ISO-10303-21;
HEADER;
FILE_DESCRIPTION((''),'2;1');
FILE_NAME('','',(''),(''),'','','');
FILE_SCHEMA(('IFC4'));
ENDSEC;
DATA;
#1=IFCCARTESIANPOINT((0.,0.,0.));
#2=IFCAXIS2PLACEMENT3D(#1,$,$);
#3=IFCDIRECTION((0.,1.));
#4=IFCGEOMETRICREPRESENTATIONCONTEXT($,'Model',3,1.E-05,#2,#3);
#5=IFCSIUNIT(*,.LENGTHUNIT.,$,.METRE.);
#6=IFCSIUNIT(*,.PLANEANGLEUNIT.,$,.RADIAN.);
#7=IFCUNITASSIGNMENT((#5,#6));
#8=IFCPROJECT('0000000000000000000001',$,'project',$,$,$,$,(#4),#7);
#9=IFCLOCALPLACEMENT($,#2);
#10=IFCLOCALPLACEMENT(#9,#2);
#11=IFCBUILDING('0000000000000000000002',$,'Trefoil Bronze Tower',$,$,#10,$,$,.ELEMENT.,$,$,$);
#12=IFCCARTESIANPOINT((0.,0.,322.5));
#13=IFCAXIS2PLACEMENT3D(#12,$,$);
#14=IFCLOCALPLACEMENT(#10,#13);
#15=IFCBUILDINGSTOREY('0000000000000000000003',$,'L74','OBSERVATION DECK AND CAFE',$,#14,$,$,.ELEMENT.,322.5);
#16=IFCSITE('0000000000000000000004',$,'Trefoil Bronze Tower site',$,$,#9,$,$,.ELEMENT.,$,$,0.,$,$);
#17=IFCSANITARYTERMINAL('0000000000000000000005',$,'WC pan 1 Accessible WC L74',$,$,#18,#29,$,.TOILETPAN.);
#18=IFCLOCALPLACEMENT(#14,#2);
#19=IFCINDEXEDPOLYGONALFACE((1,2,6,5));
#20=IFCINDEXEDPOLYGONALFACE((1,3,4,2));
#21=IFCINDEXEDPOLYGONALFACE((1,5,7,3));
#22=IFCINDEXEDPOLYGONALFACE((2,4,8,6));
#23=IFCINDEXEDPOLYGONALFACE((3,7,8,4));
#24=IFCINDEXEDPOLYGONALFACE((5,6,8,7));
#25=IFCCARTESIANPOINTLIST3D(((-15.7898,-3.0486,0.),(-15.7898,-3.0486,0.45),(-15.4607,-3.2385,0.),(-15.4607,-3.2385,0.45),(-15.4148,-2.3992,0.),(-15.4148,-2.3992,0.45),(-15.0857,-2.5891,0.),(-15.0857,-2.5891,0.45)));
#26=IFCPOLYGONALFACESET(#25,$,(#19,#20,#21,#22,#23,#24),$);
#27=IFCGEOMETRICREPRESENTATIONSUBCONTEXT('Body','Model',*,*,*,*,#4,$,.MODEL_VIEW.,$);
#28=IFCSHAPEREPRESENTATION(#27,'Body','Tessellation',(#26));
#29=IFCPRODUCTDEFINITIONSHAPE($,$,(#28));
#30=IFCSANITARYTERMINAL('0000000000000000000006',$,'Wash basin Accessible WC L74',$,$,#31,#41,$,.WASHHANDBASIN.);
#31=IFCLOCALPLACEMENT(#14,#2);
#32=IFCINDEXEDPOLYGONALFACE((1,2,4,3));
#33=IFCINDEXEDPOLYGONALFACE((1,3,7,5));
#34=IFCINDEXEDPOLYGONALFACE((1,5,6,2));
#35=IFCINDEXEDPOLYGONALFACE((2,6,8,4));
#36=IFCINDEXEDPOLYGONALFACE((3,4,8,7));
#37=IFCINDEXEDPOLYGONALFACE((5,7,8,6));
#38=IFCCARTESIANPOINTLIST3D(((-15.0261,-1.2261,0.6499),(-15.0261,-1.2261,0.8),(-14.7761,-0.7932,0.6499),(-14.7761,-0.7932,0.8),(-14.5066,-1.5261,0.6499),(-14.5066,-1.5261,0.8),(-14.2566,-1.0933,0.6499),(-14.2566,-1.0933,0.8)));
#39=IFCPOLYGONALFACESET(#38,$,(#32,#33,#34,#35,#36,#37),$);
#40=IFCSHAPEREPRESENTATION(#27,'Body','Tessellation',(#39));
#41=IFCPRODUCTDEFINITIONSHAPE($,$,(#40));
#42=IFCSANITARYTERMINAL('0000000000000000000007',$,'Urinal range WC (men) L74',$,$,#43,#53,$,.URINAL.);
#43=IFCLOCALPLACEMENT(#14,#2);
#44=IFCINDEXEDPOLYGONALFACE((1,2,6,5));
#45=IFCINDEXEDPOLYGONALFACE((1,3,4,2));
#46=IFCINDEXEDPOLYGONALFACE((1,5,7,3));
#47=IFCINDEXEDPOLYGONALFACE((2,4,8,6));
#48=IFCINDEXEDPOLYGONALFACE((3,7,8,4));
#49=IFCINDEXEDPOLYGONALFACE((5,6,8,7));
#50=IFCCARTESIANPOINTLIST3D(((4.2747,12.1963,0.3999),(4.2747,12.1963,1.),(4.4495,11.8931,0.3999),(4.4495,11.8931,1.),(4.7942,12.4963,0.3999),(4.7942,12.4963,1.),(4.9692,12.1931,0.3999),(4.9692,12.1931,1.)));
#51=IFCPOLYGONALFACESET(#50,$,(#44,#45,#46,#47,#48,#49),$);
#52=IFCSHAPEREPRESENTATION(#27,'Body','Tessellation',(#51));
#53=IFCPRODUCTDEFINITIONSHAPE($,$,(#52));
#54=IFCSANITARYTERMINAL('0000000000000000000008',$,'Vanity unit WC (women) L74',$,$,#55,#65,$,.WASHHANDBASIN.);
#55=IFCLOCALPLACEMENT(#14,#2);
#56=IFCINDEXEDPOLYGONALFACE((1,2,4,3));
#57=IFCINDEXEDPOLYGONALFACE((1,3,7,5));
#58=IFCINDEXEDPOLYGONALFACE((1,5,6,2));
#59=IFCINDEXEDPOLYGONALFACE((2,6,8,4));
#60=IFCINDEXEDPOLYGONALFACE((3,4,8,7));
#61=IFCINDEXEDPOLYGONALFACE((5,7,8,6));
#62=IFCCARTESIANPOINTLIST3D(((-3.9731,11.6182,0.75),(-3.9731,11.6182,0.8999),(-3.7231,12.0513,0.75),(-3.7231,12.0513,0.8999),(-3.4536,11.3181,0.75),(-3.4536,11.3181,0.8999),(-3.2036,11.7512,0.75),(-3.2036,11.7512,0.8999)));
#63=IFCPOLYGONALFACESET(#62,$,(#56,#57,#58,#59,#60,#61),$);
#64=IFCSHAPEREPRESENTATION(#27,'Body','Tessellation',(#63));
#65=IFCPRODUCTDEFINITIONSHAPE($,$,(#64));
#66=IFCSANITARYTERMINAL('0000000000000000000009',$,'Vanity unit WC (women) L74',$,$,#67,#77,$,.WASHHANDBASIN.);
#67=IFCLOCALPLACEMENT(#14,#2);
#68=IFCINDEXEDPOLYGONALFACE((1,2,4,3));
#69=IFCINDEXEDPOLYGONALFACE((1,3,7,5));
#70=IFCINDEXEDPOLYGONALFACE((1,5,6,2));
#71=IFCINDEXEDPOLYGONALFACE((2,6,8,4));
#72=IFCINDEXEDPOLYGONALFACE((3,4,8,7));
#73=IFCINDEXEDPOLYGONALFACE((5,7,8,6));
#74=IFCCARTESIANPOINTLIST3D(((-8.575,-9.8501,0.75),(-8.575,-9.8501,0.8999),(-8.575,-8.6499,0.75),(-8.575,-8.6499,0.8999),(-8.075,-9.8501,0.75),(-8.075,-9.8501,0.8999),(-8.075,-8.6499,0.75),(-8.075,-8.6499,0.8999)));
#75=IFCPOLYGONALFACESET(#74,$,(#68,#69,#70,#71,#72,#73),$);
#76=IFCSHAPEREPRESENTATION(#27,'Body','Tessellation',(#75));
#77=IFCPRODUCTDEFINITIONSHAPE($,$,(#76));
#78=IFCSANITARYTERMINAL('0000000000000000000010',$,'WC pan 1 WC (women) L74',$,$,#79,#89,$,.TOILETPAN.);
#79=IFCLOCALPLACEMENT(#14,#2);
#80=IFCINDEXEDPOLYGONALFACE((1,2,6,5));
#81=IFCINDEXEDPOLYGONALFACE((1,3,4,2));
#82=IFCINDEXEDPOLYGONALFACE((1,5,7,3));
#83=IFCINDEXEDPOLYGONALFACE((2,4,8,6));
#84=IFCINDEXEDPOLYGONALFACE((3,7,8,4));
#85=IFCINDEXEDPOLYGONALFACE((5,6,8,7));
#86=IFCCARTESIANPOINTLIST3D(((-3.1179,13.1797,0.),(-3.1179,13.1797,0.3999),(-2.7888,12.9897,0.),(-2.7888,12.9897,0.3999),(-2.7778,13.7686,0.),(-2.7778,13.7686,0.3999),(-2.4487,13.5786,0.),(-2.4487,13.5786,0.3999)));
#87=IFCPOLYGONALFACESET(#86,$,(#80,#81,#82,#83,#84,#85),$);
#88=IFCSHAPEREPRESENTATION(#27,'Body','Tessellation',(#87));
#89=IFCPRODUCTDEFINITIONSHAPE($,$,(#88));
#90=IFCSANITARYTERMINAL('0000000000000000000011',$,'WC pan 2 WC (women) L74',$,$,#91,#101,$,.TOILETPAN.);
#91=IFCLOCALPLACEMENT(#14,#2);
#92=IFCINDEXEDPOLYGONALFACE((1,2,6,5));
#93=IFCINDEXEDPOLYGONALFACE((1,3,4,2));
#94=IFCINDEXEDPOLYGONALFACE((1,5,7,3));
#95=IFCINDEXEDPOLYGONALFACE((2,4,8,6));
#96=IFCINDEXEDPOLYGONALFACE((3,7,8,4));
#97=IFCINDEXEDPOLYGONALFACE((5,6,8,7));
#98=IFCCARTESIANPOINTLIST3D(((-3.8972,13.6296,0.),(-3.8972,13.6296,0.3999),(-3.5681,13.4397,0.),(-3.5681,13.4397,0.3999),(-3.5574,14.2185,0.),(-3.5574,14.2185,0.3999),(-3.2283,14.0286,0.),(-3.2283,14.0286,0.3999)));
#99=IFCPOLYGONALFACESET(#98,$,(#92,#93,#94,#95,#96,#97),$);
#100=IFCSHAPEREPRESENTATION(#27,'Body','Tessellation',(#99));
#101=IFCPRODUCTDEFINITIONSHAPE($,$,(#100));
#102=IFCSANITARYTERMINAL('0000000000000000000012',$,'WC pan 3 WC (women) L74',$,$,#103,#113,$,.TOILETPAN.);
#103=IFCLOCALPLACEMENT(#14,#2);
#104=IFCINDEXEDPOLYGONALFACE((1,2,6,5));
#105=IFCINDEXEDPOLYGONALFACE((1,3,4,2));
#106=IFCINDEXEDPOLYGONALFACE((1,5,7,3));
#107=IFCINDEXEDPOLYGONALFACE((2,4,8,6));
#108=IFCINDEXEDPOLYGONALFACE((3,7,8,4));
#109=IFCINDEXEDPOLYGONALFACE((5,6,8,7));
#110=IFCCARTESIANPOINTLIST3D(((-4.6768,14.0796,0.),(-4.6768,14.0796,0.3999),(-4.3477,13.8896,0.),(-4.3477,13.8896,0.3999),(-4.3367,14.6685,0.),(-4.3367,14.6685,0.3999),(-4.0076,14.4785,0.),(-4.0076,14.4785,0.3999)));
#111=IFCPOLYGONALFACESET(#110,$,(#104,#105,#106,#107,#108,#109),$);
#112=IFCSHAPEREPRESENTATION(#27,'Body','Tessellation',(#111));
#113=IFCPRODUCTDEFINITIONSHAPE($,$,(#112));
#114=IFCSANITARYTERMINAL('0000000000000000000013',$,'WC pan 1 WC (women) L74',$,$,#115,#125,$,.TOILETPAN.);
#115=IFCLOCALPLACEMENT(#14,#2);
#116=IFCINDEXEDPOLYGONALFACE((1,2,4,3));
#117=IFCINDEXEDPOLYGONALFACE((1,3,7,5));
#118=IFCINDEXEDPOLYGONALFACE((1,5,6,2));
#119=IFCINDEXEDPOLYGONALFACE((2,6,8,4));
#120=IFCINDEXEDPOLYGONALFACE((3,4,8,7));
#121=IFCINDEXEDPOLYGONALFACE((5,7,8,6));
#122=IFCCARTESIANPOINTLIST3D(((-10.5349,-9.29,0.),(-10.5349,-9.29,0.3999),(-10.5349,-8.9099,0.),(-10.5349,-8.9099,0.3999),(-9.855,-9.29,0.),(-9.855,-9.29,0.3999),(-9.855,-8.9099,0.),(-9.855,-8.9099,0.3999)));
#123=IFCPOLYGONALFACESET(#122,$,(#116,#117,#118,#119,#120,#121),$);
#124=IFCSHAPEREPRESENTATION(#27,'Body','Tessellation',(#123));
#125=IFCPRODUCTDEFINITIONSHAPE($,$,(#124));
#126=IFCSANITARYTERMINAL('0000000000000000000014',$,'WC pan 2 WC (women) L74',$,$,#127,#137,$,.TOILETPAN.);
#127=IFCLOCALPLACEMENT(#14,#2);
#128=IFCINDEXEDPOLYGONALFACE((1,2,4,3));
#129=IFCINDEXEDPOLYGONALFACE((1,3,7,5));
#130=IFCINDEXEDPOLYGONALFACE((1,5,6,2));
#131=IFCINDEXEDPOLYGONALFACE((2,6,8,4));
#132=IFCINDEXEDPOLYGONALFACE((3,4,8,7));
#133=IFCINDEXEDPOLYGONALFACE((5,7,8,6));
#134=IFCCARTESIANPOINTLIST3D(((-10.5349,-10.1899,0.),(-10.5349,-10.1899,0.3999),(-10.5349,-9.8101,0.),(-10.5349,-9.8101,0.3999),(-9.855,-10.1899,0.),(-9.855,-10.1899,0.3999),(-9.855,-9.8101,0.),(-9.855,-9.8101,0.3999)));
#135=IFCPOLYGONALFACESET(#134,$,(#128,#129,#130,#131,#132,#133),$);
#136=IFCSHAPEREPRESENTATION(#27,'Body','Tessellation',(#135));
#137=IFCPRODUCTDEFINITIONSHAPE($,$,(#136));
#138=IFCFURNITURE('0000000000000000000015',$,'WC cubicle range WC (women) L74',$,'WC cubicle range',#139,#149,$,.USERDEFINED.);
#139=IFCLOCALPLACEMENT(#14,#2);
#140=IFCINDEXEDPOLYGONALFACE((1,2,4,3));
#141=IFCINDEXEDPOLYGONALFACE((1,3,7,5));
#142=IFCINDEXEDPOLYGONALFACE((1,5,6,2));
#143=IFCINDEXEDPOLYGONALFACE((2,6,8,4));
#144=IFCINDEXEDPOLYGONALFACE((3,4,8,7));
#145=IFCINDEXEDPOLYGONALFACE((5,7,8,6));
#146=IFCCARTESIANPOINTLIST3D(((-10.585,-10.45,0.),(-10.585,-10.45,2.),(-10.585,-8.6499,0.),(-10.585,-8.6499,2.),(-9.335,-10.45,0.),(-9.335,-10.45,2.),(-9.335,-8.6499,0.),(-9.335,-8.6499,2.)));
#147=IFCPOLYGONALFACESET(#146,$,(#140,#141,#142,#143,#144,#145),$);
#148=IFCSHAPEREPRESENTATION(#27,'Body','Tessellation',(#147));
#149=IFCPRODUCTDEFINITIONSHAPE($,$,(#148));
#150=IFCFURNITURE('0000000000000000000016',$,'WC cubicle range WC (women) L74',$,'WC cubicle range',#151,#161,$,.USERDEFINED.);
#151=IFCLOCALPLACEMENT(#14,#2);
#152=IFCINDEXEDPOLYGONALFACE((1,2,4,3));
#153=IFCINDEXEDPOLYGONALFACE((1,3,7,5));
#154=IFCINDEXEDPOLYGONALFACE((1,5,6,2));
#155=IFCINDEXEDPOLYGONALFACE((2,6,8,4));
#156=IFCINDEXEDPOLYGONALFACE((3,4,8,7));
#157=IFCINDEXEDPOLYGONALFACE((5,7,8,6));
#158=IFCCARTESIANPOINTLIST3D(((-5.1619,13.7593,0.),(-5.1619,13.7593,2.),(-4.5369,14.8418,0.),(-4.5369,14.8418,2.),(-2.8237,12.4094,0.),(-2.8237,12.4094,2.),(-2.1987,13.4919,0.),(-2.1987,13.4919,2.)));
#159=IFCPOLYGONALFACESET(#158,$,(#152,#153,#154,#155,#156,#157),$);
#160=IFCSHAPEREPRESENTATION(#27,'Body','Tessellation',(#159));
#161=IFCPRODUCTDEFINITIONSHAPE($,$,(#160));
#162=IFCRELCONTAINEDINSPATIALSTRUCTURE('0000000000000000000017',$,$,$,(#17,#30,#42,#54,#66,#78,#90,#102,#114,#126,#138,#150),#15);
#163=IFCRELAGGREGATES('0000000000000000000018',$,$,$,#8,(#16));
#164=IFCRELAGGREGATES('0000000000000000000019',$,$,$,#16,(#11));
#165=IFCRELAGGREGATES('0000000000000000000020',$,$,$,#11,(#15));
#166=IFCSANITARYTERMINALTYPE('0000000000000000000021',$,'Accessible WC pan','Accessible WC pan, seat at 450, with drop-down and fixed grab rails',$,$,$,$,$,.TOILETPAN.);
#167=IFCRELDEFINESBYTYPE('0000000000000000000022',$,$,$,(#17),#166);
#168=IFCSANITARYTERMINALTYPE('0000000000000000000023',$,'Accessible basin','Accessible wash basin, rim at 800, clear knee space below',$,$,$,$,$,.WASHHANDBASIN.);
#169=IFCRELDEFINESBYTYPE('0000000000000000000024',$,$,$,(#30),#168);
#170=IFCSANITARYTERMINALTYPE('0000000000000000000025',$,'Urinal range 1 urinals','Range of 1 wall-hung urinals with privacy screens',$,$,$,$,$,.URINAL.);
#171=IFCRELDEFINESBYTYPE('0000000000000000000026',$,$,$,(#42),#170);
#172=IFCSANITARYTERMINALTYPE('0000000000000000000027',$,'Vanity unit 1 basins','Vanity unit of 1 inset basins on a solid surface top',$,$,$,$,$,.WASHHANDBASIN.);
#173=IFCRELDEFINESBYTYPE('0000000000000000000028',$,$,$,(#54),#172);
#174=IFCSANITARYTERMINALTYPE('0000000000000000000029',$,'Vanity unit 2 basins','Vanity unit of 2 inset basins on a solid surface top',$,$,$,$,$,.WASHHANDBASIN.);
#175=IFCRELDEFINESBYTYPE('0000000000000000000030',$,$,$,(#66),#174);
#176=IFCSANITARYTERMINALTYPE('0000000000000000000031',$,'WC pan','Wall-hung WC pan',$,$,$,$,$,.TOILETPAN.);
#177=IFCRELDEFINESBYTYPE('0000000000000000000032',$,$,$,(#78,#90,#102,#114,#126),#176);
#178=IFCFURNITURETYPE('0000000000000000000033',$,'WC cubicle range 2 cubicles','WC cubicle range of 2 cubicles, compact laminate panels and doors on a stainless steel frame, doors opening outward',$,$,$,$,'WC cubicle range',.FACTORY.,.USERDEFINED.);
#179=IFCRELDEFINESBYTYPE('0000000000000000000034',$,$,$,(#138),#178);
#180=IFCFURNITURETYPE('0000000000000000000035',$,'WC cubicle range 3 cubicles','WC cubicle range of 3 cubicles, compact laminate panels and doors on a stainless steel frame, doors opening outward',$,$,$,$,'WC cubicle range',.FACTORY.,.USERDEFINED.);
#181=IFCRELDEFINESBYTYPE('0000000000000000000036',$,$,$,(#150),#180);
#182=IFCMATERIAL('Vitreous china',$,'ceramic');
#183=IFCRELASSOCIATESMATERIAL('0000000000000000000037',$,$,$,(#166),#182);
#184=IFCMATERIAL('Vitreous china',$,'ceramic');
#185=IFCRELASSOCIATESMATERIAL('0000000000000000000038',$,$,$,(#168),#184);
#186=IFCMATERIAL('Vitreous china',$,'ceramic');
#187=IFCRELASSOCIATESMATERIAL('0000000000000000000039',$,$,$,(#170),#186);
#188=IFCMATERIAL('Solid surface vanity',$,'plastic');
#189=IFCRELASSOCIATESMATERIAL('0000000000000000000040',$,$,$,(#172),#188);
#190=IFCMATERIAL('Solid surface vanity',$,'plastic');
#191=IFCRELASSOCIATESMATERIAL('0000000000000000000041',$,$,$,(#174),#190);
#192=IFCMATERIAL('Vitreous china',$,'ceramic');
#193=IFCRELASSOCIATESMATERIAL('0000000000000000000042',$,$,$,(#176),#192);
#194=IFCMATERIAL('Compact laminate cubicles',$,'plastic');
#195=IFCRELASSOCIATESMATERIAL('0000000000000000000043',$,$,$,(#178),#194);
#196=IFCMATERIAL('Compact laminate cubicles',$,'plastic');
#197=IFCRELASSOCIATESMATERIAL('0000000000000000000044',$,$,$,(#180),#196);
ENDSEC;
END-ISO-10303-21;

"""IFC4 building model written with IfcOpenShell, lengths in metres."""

from ifc_helpers import new_model, si_unit, direction, frame, origin, place, context, subcontext, project, spatial, polyline, outline, extrude, material, type_object, element, save


model = new_model("IFC4")

# Units and contexts
model_context = context("Model", 3, precision=1e-05, world=origin(), true_north=direction((0.0, 1.0)))
body_context = subcontext(model_context, "Body", "Model", "MODEL_VIEW")
ifc_project = project(units=[si_unit("LENGTHUNIT", "METRE"), si_unit("PLANEANGLEUNIT", "RADIAN")], contexts=[model_context])

# Site, building, storey
site_placement = place(None, origin())
site = spatial("IfcSite", under=ifc_project, at=site_placement, Name="Trefoil Bronze Tower site", CompositionType="ELEMENT", RefElevation=0.0)
building_placement = place(site_placement, origin())
building = spatial("IfcBuilding", under=site, at=building_placement, Name="Trefoil Bronze Tower", CompositionType="ELEMENT")
storey_placement = place(building_placement, frame((0.0, 0.0, 322.5)))
storey = spatial("IfcBuildingStorey", under=building, at=storey_placement, Name="L74", Description="OBSERVATION DECK AND CAFE", CompositionType="ELEMENT", Elevation=322.5)

# Sanitary terminals
ifc_material_1 = material(Name="Vitreous china", Category="ceramic")
sanitary_terminal_type_1 = type_object("IfcSanitaryTerminalType", Name="Accessible WC pan", Description="Accessible WC pan, seat at 450, with drop-down and fixed grab rails", PredefinedType="TOILETPAN", material=ifc_material_1)
sanitary_terminal_1_placement = place(storey_placement, origin())
element("IfcSanitaryTerminal", 1, at=sanitary_terminal_1_placement, inside=storey, type_object=sanitary_terminal_type_1, Name="WC pan 1 Accessible WC L74", PredefinedType="TOILETPAN", context=body_context, shape_type="SweptSolid", body=[
    extrude(outline(polyline([(-15.0857, -2.5891), (-15.4607, -3.2385), (-15.7898, -3.0486), (-15.4148, -2.3992), (-15.0857, -2.5891)])), origin(), (0.0, 0.0, 1.0), 0.45),
])
ifc_material_2 = material(Name="Vitreous china", Category="ceramic")
sanitary_terminal_type_2 = type_object("IfcSanitaryTerminalType", Name="Accessible basin", Description="Accessible wash basin, rim at 800, clear knee space below", PredefinedType="WASHHANDBASIN", material=ifc_material_2)
sanitary_terminal_2_placement = place(storey_placement, frame((0.0, 0.0, 0.6499)))
element("IfcSanitaryTerminal", 2, at=sanitary_terminal_2_placement, inside=storey, type_object=sanitary_terminal_type_2, Name="Wash basin Accessible WC L74", PredefinedType="WASHHANDBASIN", context=body_context, shape_type="SweptSolid", body=[
    extrude(outline(polyline([(-14.2566, -1.0933), (-14.5066, -1.5261), (-15.0261, -1.2261), (-14.7761, -0.7932), (-14.2566, -1.0933)])), origin(), (0.0, 0.0, 1.0), 0.1501),
])
ifc_material_3 = material(Name="Vitreous china", Category="ceramic")
sanitary_terminal_type_3 = type_object("IfcSanitaryTerminalType", Name="Urinal range 1 urinals", Description="Range of 1 wall-hung urinals with privacy screens", PredefinedType="URINAL", material=ifc_material_3)
sanitary_terminal_3_placement = place(storey_placement, frame((0.0, 0.0, 0.3999)))
element("IfcSanitaryTerminal", 3, at=sanitary_terminal_3_placement, inside=storey, type_object=sanitary_terminal_type_3, Name="Urinal range WC (men) L74", PredefinedType="URINAL", context=body_context, shape_type="SweptSolid", body=[
    extrude(outline(polyline([(4.4495, 11.8931), (4.2747, 12.1963), (4.7942, 12.4963), (4.9692, 12.1931), (4.4495, 11.8931)])), origin(), (0.0, 0.0, 1.0), 0.6001),
])
ifc_material_4 = material(Name="Solid surface vanity", Category="plastic")
sanitary_terminal_type_4 = type_object("IfcSanitaryTerminalType", Name="Vanity unit 1 basins", Description="Vanity unit of 1 inset basins on a solid surface top", PredefinedType="WASHHANDBASIN", material=ifc_material_4)
sanitary_terminal_4_placement = place(storey_placement, frame((0.0, 0.0, 0.75)))
element("IfcSanitaryTerminal", 4, at=sanitary_terminal_4_placement, inside=storey, type_object=sanitary_terminal_type_4, Name="Vanity unit WC (women) L74", PredefinedType="WASHHANDBASIN", context=body_context, shape_type="SweptSolid", body=[
    extrude(outline(polyline([(-3.4536, 11.3181), (-3.2036, 11.7512), (-3.7231, 12.0513), (-3.9731, 11.6182), (-3.4536, 11.3181)])), origin(), (0.0, 0.0, 1.0), 0.1499),
])
ifc_material_5 = material(Name="Solid surface vanity", Category="plastic")
sanitary_terminal_type_5 = type_object("IfcSanitaryTerminalType", Name="Vanity unit 2 basins", Description="Vanity unit of 2 inset basins on a solid surface top", PredefinedType="WASHHANDBASIN", material=ifc_material_5)
sanitary_terminal_5_placement = place(storey_placement, frame((0.0, 0.0, 0.75)))
element("IfcSanitaryTerminal", 5, at=sanitary_terminal_5_placement, inside=storey, type_object=sanitary_terminal_type_5, Name="Vanity unit WC (women) L74", PredefinedType="WASHHANDBASIN", context=body_context, shape_type="SweptSolid", body=[
    extrude(outline(polyline([(-8.075, -8.6499), (-8.575, -8.6499), (-8.575, -9.8501), (-8.075, -9.8501), (-8.075, -8.6499)])), origin(), (0.0, 0.0, 1.0), 0.1499),
])
ifc_material_6 = material(Name="Vitreous china", Category="ceramic")
sanitary_terminal_type_6 = type_object("IfcSanitaryTerminalType", Name="WC pan", Description="Wall-hung WC pan", PredefinedType="TOILETPAN", material=ifc_material_6)
sanitary_terminal_6_placement = place(storey_placement, origin())
element("IfcSanitaryTerminal", 6, at=sanitary_terminal_6_placement, inside=storey, type_object=sanitary_terminal_type_6, Name="WC pan 1 WC (women) L74", PredefinedType="TOILETPAN", context=body_context, shape_type="SweptSolid", body=[
    extrude(outline(polyline([(-2.7888, 12.9897), (-2.4487, 13.5786), (-2.7778, 13.7686), (-3.1179, 13.1797), (-2.7888, 12.9897)])), origin(), (0.0, 0.0, 1.0), 0.3999),
])
sanitary_terminal_7_placement = place(storey_placement, origin())
element("IfcSanitaryTerminal", 7, at=sanitary_terminal_7_placement, inside=storey, type_object=sanitary_terminal_type_6, Name="WC pan 2 WC (women) L74", PredefinedType="TOILETPAN", context=body_context, shape_type="SweptSolid", body=[
    extrude(outline(polyline([(-3.5681, 13.4397), (-3.2283, 14.0286), (-3.5574, 14.2185), (-3.8972, 13.6296), (-3.5681, 13.4397)])), origin(), (0.0, 0.0, 1.0), 0.3999),
])
sanitary_terminal_8_placement = place(storey_placement, origin())
element("IfcSanitaryTerminal", 8, at=sanitary_terminal_8_placement, inside=storey, type_object=sanitary_terminal_type_6, Name="WC pan 3 WC (women) L74", PredefinedType="TOILETPAN", context=body_context, shape_type="SweptSolid", body=[
    extrude(outline(polyline([(-4.3477, 13.8896), (-4.0076, 14.4785), (-4.3367, 14.6685), (-4.6768, 14.0796), (-4.3477, 13.8896)])), origin(), (0.0, 0.0, 1.0), 0.3999),
])
sanitary_terminal_9_placement = place(storey_placement, origin())
element("IfcSanitaryTerminal", 9, at=sanitary_terminal_9_placement, inside=storey, type_object=sanitary_terminal_type_6, Name="WC pan 1 WC (women) L74", PredefinedType="TOILETPAN", context=body_context, shape_type="SweptSolid", body=[
    extrude(outline(polyline([(-9.855, -8.9099), (-10.5349, -8.9099), (-10.5349, -9.29), (-9.855, -9.29), (-9.855, -8.9099)])), origin(), (0.0, 0.0, 1.0), 0.3999),
])
sanitary_terminal_10_placement = place(storey_placement, origin())
element("IfcSanitaryTerminal", 10, at=sanitary_terminal_10_placement, inside=storey, type_object=sanitary_terminal_type_6, Name="WC pan 2 WC (women) L74", PredefinedType="TOILETPAN", context=body_context, shape_type="SweptSolid", body=[
    extrude(outline(polyline([(-9.855, -9.8101), (-10.5349, -9.8101), (-10.5349, -10.1899), (-9.855, -10.1899), (-9.855, -9.8101)])), origin(), (0.0, 0.0, 1.0), 0.3999),
])

# Furniture
ifc_material_7 = material(Name="Compact laminate cubicles", Category="plastic")
furniture_type_1 = type_object("IfcFurnitureType", Name="WC cubicle range 2 cubicles", Description="WC cubicle range of 2 cubicles, compact laminate panels and doors on a stainless steel frame, doors opening outward", ElementType="WC cubicle range", AssemblyPlace="FACTORY", PredefinedType="USERDEFINED", material=ifc_material_7)
furniture_1_placement = place(storey_placement, origin())
element("IfcFurniture", 11, at=furniture_1_placement, inside=storey, type_object=furniture_type_1, Name="WC cubicle range WC (women) L74", ObjectType="WC cubicle range", PredefinedType="USERDEFINED", context=body_context, shape_type="SweptSolid", body=[
    extrude(outline(polyline([(-9.335, -8.6499), (-10.585, -8.6499), (-10.585, -10.45), (-9.335, -10.45), (-9.335, -8.6499)])), origin(), (0.0, 0.0, 1.0), 2.0),
])
ifc_material_8 = material(Name="Compact laminate cubicles", Category="plastic")
furniture_type_2 = type_object("IfcFurnitureType", Name="WC cubicle range 3 cubicles", Description="WC cubicle range of 3 cubicles, compact laminate panels and doors on a stainless steel frame, doors opening outward", ElementType="WC cubicle range", AssemblyPlace="FACTORY", PredefinedType="USERDEFINED", material=ifc_material_8)
furniture_2_placement = place(storey_placement, origin())
element("IfcFurniture", 12, at=furniture_2_placement, inside=storey, type_object=furniture_type_2, Name="WC cubicle range WC (women) L74", ObjectType="WC cubicle range", PredefinedType="USERDEFINED", context=body_context, shape_type="SweptSolid", body=[
    extrude(outline(polyline([(-2.8237, 12.4094), (-2.1987, 13.4919), (-4.5369, 14.8418), (-5.1619, 13.7593), (-2.8237, 12.4094)])), origin(), (0.0, 0.0, 1.0), 2.0),
])

save(model, "model.ifc")
